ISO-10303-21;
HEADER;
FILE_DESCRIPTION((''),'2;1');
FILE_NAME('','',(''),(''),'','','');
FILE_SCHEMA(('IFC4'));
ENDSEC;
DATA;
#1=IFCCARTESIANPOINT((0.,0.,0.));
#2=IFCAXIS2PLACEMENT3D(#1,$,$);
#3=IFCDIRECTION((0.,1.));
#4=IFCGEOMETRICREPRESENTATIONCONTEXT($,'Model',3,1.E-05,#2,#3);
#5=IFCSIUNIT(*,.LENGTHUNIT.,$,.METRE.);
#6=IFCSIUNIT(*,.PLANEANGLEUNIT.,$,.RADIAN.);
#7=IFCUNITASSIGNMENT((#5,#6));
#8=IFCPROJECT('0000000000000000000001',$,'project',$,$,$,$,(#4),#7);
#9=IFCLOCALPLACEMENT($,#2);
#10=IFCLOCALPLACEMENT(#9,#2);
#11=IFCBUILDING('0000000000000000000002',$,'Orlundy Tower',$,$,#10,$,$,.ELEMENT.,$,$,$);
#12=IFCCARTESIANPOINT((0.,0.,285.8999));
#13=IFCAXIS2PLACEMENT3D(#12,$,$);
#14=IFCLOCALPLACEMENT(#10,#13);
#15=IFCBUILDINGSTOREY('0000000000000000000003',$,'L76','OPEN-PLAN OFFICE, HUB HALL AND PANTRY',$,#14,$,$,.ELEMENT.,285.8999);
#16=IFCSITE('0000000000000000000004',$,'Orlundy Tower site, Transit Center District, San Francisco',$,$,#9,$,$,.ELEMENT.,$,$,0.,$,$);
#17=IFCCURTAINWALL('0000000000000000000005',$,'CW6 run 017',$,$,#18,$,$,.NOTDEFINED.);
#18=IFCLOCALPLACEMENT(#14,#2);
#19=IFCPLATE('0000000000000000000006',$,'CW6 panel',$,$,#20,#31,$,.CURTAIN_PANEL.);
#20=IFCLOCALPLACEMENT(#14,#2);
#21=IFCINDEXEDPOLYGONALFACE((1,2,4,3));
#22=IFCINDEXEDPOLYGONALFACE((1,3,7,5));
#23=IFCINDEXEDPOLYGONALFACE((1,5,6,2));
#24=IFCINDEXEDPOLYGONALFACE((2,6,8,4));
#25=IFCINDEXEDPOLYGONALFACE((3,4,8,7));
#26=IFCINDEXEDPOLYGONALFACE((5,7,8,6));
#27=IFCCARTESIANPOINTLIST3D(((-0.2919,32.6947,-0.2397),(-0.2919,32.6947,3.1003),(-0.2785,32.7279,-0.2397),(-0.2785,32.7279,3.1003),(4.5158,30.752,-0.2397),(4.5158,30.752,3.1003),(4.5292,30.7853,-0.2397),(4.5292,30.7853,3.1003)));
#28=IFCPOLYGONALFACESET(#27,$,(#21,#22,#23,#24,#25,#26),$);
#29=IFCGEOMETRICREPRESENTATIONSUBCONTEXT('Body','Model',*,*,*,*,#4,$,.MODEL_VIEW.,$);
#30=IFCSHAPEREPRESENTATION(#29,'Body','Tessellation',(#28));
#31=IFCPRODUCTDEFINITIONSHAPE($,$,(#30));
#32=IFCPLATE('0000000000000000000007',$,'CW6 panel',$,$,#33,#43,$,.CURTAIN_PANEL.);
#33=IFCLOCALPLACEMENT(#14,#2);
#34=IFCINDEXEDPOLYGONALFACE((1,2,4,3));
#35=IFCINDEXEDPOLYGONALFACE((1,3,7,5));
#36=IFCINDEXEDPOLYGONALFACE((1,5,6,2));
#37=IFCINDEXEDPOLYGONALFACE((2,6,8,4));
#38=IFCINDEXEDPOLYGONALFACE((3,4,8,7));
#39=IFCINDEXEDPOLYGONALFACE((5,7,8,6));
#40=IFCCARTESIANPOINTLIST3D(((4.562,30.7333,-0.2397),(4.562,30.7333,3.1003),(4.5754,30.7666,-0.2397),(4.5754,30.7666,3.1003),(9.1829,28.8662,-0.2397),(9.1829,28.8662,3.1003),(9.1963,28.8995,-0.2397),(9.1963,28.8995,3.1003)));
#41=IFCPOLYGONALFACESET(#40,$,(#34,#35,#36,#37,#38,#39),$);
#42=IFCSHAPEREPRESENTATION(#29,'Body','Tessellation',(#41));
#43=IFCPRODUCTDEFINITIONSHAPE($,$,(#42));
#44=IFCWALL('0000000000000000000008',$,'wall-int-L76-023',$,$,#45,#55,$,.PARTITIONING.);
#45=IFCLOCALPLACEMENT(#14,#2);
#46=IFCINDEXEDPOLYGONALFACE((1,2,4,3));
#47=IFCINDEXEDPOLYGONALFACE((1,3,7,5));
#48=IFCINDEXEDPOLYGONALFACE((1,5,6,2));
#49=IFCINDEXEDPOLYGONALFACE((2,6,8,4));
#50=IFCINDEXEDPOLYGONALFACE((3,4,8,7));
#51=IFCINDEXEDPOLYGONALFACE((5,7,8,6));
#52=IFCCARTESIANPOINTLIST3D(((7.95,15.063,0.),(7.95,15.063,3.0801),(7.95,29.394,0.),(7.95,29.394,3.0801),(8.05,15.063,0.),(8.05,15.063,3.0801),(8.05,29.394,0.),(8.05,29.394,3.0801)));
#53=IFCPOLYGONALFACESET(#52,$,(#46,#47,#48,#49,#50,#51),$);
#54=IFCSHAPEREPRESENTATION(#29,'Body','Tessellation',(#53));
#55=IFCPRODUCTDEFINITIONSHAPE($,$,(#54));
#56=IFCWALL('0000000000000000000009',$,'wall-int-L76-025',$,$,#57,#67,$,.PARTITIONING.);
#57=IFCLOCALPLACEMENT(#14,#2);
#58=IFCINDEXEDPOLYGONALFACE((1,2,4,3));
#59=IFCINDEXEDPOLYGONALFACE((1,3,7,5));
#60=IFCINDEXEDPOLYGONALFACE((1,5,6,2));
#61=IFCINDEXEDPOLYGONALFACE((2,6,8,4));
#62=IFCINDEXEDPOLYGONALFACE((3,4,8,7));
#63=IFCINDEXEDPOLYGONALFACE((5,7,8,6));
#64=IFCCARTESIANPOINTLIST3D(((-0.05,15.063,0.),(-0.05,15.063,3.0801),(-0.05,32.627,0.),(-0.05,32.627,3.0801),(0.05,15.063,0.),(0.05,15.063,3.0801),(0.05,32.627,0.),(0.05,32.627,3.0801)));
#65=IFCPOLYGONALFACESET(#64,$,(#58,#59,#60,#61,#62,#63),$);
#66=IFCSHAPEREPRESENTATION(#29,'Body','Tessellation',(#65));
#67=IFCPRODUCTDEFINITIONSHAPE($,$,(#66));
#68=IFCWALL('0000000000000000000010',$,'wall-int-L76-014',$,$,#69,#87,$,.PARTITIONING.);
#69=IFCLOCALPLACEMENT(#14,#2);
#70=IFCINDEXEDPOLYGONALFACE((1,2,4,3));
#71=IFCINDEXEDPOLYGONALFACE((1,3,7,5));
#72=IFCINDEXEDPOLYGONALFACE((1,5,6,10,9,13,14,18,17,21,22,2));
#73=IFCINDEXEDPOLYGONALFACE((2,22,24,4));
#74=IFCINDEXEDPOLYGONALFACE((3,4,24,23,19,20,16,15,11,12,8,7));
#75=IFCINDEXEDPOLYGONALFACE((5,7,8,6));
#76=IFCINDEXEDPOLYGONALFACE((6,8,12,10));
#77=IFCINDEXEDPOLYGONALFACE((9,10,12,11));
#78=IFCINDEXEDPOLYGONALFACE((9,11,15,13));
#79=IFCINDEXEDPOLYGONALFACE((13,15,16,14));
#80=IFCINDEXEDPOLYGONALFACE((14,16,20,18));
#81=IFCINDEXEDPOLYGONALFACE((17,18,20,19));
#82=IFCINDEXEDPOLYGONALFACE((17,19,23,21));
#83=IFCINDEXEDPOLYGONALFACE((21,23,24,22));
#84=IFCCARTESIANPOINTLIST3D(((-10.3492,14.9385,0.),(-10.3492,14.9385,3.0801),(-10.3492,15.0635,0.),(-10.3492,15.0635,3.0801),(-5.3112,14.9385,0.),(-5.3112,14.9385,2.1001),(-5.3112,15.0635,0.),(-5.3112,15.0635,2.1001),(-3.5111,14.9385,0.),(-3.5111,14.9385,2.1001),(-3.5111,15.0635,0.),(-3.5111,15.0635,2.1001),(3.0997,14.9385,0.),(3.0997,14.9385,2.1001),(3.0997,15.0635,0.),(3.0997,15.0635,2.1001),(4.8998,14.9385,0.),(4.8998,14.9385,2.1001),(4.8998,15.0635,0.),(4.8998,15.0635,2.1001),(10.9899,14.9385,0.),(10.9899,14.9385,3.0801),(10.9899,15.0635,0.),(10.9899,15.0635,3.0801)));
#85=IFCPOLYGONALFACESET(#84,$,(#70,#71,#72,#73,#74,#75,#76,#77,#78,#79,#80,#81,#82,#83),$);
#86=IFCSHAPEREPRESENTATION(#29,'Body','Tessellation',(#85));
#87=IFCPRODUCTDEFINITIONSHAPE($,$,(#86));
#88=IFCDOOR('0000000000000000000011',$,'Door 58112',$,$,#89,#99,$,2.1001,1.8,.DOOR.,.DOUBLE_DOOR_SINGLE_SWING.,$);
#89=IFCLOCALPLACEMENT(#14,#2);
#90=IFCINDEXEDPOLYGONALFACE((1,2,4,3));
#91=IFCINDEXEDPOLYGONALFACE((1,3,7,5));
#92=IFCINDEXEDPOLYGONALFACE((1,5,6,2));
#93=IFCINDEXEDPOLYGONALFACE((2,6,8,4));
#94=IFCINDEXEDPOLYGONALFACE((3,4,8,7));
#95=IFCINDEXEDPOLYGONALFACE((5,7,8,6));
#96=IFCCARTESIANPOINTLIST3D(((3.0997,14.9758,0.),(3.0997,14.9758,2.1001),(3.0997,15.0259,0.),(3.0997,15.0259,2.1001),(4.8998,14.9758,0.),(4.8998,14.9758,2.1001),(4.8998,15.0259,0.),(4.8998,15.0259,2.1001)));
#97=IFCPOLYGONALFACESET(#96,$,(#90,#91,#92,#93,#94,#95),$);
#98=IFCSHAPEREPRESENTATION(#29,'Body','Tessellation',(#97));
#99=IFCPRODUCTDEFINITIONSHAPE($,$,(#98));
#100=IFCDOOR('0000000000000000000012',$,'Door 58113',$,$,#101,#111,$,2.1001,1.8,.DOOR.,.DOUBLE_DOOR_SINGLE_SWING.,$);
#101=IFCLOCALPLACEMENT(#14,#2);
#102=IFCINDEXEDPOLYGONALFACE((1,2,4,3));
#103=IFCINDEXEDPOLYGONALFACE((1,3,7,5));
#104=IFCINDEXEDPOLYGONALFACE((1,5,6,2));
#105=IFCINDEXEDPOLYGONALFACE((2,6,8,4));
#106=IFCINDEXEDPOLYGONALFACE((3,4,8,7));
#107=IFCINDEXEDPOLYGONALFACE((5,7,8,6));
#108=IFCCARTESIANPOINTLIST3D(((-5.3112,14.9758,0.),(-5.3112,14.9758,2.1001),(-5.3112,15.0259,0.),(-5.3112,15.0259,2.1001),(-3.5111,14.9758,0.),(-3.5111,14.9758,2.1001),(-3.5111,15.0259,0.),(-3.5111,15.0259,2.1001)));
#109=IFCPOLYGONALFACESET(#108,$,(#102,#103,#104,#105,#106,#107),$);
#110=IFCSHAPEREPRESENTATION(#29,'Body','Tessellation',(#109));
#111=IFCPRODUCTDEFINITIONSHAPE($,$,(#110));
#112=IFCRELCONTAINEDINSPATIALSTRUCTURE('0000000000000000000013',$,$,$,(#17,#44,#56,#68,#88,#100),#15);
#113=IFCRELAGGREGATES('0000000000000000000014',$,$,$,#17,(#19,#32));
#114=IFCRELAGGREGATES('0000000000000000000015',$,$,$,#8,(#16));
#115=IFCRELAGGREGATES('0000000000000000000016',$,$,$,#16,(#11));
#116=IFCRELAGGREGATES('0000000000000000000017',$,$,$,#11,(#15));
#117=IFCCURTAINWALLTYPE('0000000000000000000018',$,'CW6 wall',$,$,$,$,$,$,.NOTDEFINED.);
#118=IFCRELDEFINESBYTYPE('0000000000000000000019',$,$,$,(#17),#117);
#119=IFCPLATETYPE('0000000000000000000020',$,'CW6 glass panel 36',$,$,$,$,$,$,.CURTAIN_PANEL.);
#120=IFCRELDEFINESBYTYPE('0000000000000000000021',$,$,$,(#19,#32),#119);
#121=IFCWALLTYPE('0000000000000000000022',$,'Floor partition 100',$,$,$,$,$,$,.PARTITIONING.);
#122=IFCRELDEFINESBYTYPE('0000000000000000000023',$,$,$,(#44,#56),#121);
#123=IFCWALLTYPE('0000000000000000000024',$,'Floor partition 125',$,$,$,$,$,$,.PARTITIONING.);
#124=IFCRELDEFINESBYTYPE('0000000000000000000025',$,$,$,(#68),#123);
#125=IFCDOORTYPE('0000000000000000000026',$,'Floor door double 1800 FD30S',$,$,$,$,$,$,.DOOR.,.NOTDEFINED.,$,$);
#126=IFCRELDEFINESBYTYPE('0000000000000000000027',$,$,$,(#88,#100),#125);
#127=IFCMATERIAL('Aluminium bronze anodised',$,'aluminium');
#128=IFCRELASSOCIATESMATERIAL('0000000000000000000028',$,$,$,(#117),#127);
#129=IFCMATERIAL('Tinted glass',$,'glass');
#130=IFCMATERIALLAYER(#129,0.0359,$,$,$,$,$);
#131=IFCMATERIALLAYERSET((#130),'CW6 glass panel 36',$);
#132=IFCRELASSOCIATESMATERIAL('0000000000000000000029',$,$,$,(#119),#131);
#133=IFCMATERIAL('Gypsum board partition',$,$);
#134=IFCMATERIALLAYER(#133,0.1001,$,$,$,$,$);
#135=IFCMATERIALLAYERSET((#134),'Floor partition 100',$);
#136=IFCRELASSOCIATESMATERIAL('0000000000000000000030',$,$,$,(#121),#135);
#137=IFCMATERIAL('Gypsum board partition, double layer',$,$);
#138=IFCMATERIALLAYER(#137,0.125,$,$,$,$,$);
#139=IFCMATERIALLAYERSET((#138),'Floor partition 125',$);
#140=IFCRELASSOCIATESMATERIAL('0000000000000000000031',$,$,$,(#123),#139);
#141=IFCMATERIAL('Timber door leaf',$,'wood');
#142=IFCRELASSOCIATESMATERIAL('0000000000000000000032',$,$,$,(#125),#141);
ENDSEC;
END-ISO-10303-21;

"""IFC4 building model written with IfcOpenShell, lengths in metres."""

from ifc_helpers import new_model, si_unit, direction, frame, frame_2d, origin, origin_2d, place, context, subcontext, project, spatial, rectangle, extrude, material, layer, layer_set, type_object, element, fill, aggregate, save


model = new_model("IFC4")

# Units and contexts
model_context = context("Model", 3, precision=1e-05, world=origin(), true_north=direction((0.0, 1.0)))
body_context = subcontext(model_context, "Body", "Model", "MODEL_VIEW")
ifc_project = project(units=[si_unit("LENGTHUNIT", "METRE"), si_unit("PLANEANGLEUNIT", "RADIAN")], contexts=[model_context])

# Site, building, storey
site_placement = place(None, origin())
site = spatial("IfcSite", under=ifc_project, at=site_placement, Name="Orlundy Tower site, Transit Center District, San Francisco", CompositionType="ELEMENT", RefElevation=0.0)
building_placement = place(site_placement, origin())
building = spatial("IfcBuilding", under=site, at=building_placement, Name="Orlundy Tower", CompositionType="ELEMENT")
storey_placement = place(building_placement, frame((0.0, 0.0, 285.8999)))
storey = spatial("IfcBuildingStorey", under=building, at=storey_placement, Name="L76", Description="OPEN-PLAN OFFICE, HUB HALL AND PANTRY", CompositionType="ELEMENT", Elevation=285.8999)

# Curtain wall
ifc_material_1 = material(Name="Aluminium bronze anodised", Category="aluminium")
curtain_wall_type = type_object("IfcCurtainWallType", Name="CW6 wall", PredefinedType="NOTDEFINED", material=ifc_material_1)
curtain_wall_1_placement = place(storey_placement, origin())
curtain_wall_1 = element("IfcCurtainWall", 1, at=curtain_wall_1_placement, inside=storey, type_object=curtain_wall_type, Name="CW6 run 017", PredefinedType="NOTDEFINED")

# Plates
ifc_material_2 = material(Name="Tinted glass", Category="glass")
ifc_layer_1 = layer(ifc_material_2, 0.0359)
ifc_layer_set_1 = layer_set([ifc_layer_1], Name="CW6 glass panel 36")
plate_type = type_object("IfcPlateType", Name="CW6 glass panel 36", PredefinedType="CURTAIN_PANEL", material=ifc_layer_set_1)
plate_1_placement = place(storey_placement, frame((2.1187, 31.74, -0.2397), z_axis=(0.0, 0.0, 1.0), x_axis=(0.927171, -0.374639, 0.0)))
plate_1 = element("IfcPlate", 2, at=plate_1_placement, type_object=plate_type, Name="CW6 panel", PredefinedType="CURTAIN_PANEL", context=body_context, shape_type="SweptSolid", body=[
    extrude(rectangle(XDim=5.1853, YDim=0.0359, at=origin_2d()), origin(), (0.0, 0.0, 1.0), 3.3401),
])
plate_2_placement = place(storey_placement, frame((6.8792, 29.8164, -0.2397), z_axis=(0.0, 0.0, 1.0), x_axis=(0.927171, -0.374639, 0.0)))
plate_2 = element("IfcPlate", 3, at=plate_2_placement, type_object=plate_type, Name="CW6 panel", PredefinedType="CURTAIN_PANEL", context=body_context, shape_type="SweptSolid", body=[
    extrude(rectangle(XDim=4.9839, YDim=0.0359, at=origin_2d()), origin(), (0.0, 0.0, 1.0), 3.3401),
])
aggregate(curtain_wall_1, [plate_1, plate_2])

# Walls
ifc_material_3 = material(Name="Gypsum board partition")
ifc_layer_2 = layer(ifc_material_3, 0.1001)
ifc_layer_set_2 = layer_set([ifc_layer_2], Name="Floor partition 100")
wall_type_1 = type_object("IfcWallType", Name="Floor partition 100", PredefinedType="PARTITIONING", material=ifc_layer_set_2)
wall_1_placement = place(storey_placement, frame((8.0, 15.063, 0.0), z_axis=(0.0, 0.0, 1.0), x_axis=(0.0, 1.0, 0.0)))
element("IfcWall", 4, at=wall_1_placement, inside=storey, type_object=wall_type_1, Name="wall-int-L76-023", PredefinedType="PARTITIONING", context=body_context, shape_type="SweptSolid", body=[
    extrude(rectangle(XDim=14.3311, YDim=0.1001, at=frame_2d((7.1655, 0.0))), origin(), (0.0, 0.0, 1.0), 3.0801),
])
wall_2_placement = place(storey_placement, frame((0.0, 15.063, 0.0), z_axis=(0.0, 0.0, 1.0), x_axis=(0.0, 1.0, 0.0)))
element("IfcWall", 5, at=wall_2_placement, inside=storey, type_object=wall_type_1, Name="wall-int-L76-025", PredefinedType="PARTITIONING", context=body_context, shape_type="SweptSolid", body=[
    extrude(rectangle(XDim=17.564, YDim=0.1001, at=frame_2d((8.782, 0.0))), origin(), (0.0, 0.0, 1.0), 3.0801),
])

# Wall, openings, doors
ifc_material_4 = material(Name="Gypsum board partition, double layer")
ifc_layer_3 = layer(ifc_material_4, 0.125)
ifc_layer_set_3 = layer_set([ifc_layer_3], Name="Floor partition 125")
wall_type_2 = type_object("IfcWallType", Name="Floor partition 125", PredefinedType="PARTITIONING", material=ifc_layer_set_3)
wall_3_placement = place(storey_placement, frame((-10.3491, 15.001, 0.0), z_axis=(0.0, 0.0, 1.0), x_axis=(1.0, 0.0, 0.0)))
wall_3 = element("IfcWall", 6, at=wall_3_placement, inside=storey, type_object=wall_type_2, Name="wall-int-L76-014", PredefinedType="PARTITIONING", context=body_context, shape_type="SweptSolid", body=[
    extrude(rectangle(XDim=21.3391, YDim=0.125, at=frame_2d((10.6694, 0.0))), origin(), (0.0, 0.0, 1.0), 3.0801),
])
opening_1_placement = place(wall_3_placement, frame((13.449, 0.0, 0.0)))
opening_1 = element("IfcOpeningElement", 7, at=opening_1_placement, cuts=wall_3, PredefinedType="OPENING", context=body_context, shape_type="SweptSolid", body=[
    extrude(rectangle(XDim=1.8, YDim=2.1001, at=frame_2d((0.8999, 1.05))), frame((0.0, 0.0725, 0.0), z_axis=(0.0, -1.0, 0.0), x_axis=(1.0, 0.0, 0.0)), (0.0, 0.0, 1.0), 0.145),
])
opening_2_placement = place(wall_3_placement, frame((5.0381, 0.0, 0.0)))
opening_2 = element("IfcOpeningElement", 8, at=opening_2_placement, cuts=wall_3, PredefinedType="OPENING", context=body_context, shape_type="SweptSolid", body=[
    extrude(rectangle(XDim=1.8, YDim=2.1001, at=frame_2d((0.8999, 1.05))), frame((0.0, 0.0725, 0.0), z_axis=(0.0, -1.0, 0.0), x_axis=(1.0, 0.0, 0.0)), (0.0, 0.0, 1.0), 0.145),
])
ifc_material_5 = material(Name="Timber door leaf", Category="wood")
door_type = type_object("IfcDoorType", Name="Floor door double 1800 FD30S", OperationType="NOTDEFINED", PredefinedType="DOOR", material=ifc_material_5)
door_1_placement = place(opening_1_placement, origin())
door_1 = element("IfcDoor", 9, at=door_1_placement, inside=storey, type_object=door_type, Name="Door 58112", OperationType="DOUBLE_DOOR_SINGLE_SWING", OverallHeight=2.1001, OverallWidth=1.8, PredefinedType="DOOR", context=body_context, shape_type="SweptSolid", body=[
    extrude(rectangle(XDim=1.8, YDim=2.1001, at=frame_2d((0.8999, 1.05))), frame((0.0, 0.0249, 0.0), z_axis=(0.0, -1.0, 0.0), x_axis=(1.0, 0.0, 0.0)), (0.0, 0.0, 1.0), 0.05),
])
fill(opening_1, door_1)
door_2_placement = place(opening_2_placement, origin())
door_2 = element("IfcDoor", 10, at=door_2_placement, inside=storey, type_object=door_type, Name="Door 58113", OperationType="DOUBLE_DOOR_SINGLE_SWING", OverallHeight=2.1001, OverallWidth=1.8, PredefinedType="DOOR", context=body_context, shape_type="SweptSolid", body=[
    extrude(rectangle(XDim=1.8, YDim=2.1001, at=frame_2d((0.8999, 1.05))), frame((0.0, 0.0249, 0.0), z_axis=(0.0, -1.0, 0.0), x_axis=(1.0, 0.0, 0.0)), (0.0, 0.0, 1.0), 0.05),
])
fill(opening_2, door_2)

save(model, "model.ifc")
